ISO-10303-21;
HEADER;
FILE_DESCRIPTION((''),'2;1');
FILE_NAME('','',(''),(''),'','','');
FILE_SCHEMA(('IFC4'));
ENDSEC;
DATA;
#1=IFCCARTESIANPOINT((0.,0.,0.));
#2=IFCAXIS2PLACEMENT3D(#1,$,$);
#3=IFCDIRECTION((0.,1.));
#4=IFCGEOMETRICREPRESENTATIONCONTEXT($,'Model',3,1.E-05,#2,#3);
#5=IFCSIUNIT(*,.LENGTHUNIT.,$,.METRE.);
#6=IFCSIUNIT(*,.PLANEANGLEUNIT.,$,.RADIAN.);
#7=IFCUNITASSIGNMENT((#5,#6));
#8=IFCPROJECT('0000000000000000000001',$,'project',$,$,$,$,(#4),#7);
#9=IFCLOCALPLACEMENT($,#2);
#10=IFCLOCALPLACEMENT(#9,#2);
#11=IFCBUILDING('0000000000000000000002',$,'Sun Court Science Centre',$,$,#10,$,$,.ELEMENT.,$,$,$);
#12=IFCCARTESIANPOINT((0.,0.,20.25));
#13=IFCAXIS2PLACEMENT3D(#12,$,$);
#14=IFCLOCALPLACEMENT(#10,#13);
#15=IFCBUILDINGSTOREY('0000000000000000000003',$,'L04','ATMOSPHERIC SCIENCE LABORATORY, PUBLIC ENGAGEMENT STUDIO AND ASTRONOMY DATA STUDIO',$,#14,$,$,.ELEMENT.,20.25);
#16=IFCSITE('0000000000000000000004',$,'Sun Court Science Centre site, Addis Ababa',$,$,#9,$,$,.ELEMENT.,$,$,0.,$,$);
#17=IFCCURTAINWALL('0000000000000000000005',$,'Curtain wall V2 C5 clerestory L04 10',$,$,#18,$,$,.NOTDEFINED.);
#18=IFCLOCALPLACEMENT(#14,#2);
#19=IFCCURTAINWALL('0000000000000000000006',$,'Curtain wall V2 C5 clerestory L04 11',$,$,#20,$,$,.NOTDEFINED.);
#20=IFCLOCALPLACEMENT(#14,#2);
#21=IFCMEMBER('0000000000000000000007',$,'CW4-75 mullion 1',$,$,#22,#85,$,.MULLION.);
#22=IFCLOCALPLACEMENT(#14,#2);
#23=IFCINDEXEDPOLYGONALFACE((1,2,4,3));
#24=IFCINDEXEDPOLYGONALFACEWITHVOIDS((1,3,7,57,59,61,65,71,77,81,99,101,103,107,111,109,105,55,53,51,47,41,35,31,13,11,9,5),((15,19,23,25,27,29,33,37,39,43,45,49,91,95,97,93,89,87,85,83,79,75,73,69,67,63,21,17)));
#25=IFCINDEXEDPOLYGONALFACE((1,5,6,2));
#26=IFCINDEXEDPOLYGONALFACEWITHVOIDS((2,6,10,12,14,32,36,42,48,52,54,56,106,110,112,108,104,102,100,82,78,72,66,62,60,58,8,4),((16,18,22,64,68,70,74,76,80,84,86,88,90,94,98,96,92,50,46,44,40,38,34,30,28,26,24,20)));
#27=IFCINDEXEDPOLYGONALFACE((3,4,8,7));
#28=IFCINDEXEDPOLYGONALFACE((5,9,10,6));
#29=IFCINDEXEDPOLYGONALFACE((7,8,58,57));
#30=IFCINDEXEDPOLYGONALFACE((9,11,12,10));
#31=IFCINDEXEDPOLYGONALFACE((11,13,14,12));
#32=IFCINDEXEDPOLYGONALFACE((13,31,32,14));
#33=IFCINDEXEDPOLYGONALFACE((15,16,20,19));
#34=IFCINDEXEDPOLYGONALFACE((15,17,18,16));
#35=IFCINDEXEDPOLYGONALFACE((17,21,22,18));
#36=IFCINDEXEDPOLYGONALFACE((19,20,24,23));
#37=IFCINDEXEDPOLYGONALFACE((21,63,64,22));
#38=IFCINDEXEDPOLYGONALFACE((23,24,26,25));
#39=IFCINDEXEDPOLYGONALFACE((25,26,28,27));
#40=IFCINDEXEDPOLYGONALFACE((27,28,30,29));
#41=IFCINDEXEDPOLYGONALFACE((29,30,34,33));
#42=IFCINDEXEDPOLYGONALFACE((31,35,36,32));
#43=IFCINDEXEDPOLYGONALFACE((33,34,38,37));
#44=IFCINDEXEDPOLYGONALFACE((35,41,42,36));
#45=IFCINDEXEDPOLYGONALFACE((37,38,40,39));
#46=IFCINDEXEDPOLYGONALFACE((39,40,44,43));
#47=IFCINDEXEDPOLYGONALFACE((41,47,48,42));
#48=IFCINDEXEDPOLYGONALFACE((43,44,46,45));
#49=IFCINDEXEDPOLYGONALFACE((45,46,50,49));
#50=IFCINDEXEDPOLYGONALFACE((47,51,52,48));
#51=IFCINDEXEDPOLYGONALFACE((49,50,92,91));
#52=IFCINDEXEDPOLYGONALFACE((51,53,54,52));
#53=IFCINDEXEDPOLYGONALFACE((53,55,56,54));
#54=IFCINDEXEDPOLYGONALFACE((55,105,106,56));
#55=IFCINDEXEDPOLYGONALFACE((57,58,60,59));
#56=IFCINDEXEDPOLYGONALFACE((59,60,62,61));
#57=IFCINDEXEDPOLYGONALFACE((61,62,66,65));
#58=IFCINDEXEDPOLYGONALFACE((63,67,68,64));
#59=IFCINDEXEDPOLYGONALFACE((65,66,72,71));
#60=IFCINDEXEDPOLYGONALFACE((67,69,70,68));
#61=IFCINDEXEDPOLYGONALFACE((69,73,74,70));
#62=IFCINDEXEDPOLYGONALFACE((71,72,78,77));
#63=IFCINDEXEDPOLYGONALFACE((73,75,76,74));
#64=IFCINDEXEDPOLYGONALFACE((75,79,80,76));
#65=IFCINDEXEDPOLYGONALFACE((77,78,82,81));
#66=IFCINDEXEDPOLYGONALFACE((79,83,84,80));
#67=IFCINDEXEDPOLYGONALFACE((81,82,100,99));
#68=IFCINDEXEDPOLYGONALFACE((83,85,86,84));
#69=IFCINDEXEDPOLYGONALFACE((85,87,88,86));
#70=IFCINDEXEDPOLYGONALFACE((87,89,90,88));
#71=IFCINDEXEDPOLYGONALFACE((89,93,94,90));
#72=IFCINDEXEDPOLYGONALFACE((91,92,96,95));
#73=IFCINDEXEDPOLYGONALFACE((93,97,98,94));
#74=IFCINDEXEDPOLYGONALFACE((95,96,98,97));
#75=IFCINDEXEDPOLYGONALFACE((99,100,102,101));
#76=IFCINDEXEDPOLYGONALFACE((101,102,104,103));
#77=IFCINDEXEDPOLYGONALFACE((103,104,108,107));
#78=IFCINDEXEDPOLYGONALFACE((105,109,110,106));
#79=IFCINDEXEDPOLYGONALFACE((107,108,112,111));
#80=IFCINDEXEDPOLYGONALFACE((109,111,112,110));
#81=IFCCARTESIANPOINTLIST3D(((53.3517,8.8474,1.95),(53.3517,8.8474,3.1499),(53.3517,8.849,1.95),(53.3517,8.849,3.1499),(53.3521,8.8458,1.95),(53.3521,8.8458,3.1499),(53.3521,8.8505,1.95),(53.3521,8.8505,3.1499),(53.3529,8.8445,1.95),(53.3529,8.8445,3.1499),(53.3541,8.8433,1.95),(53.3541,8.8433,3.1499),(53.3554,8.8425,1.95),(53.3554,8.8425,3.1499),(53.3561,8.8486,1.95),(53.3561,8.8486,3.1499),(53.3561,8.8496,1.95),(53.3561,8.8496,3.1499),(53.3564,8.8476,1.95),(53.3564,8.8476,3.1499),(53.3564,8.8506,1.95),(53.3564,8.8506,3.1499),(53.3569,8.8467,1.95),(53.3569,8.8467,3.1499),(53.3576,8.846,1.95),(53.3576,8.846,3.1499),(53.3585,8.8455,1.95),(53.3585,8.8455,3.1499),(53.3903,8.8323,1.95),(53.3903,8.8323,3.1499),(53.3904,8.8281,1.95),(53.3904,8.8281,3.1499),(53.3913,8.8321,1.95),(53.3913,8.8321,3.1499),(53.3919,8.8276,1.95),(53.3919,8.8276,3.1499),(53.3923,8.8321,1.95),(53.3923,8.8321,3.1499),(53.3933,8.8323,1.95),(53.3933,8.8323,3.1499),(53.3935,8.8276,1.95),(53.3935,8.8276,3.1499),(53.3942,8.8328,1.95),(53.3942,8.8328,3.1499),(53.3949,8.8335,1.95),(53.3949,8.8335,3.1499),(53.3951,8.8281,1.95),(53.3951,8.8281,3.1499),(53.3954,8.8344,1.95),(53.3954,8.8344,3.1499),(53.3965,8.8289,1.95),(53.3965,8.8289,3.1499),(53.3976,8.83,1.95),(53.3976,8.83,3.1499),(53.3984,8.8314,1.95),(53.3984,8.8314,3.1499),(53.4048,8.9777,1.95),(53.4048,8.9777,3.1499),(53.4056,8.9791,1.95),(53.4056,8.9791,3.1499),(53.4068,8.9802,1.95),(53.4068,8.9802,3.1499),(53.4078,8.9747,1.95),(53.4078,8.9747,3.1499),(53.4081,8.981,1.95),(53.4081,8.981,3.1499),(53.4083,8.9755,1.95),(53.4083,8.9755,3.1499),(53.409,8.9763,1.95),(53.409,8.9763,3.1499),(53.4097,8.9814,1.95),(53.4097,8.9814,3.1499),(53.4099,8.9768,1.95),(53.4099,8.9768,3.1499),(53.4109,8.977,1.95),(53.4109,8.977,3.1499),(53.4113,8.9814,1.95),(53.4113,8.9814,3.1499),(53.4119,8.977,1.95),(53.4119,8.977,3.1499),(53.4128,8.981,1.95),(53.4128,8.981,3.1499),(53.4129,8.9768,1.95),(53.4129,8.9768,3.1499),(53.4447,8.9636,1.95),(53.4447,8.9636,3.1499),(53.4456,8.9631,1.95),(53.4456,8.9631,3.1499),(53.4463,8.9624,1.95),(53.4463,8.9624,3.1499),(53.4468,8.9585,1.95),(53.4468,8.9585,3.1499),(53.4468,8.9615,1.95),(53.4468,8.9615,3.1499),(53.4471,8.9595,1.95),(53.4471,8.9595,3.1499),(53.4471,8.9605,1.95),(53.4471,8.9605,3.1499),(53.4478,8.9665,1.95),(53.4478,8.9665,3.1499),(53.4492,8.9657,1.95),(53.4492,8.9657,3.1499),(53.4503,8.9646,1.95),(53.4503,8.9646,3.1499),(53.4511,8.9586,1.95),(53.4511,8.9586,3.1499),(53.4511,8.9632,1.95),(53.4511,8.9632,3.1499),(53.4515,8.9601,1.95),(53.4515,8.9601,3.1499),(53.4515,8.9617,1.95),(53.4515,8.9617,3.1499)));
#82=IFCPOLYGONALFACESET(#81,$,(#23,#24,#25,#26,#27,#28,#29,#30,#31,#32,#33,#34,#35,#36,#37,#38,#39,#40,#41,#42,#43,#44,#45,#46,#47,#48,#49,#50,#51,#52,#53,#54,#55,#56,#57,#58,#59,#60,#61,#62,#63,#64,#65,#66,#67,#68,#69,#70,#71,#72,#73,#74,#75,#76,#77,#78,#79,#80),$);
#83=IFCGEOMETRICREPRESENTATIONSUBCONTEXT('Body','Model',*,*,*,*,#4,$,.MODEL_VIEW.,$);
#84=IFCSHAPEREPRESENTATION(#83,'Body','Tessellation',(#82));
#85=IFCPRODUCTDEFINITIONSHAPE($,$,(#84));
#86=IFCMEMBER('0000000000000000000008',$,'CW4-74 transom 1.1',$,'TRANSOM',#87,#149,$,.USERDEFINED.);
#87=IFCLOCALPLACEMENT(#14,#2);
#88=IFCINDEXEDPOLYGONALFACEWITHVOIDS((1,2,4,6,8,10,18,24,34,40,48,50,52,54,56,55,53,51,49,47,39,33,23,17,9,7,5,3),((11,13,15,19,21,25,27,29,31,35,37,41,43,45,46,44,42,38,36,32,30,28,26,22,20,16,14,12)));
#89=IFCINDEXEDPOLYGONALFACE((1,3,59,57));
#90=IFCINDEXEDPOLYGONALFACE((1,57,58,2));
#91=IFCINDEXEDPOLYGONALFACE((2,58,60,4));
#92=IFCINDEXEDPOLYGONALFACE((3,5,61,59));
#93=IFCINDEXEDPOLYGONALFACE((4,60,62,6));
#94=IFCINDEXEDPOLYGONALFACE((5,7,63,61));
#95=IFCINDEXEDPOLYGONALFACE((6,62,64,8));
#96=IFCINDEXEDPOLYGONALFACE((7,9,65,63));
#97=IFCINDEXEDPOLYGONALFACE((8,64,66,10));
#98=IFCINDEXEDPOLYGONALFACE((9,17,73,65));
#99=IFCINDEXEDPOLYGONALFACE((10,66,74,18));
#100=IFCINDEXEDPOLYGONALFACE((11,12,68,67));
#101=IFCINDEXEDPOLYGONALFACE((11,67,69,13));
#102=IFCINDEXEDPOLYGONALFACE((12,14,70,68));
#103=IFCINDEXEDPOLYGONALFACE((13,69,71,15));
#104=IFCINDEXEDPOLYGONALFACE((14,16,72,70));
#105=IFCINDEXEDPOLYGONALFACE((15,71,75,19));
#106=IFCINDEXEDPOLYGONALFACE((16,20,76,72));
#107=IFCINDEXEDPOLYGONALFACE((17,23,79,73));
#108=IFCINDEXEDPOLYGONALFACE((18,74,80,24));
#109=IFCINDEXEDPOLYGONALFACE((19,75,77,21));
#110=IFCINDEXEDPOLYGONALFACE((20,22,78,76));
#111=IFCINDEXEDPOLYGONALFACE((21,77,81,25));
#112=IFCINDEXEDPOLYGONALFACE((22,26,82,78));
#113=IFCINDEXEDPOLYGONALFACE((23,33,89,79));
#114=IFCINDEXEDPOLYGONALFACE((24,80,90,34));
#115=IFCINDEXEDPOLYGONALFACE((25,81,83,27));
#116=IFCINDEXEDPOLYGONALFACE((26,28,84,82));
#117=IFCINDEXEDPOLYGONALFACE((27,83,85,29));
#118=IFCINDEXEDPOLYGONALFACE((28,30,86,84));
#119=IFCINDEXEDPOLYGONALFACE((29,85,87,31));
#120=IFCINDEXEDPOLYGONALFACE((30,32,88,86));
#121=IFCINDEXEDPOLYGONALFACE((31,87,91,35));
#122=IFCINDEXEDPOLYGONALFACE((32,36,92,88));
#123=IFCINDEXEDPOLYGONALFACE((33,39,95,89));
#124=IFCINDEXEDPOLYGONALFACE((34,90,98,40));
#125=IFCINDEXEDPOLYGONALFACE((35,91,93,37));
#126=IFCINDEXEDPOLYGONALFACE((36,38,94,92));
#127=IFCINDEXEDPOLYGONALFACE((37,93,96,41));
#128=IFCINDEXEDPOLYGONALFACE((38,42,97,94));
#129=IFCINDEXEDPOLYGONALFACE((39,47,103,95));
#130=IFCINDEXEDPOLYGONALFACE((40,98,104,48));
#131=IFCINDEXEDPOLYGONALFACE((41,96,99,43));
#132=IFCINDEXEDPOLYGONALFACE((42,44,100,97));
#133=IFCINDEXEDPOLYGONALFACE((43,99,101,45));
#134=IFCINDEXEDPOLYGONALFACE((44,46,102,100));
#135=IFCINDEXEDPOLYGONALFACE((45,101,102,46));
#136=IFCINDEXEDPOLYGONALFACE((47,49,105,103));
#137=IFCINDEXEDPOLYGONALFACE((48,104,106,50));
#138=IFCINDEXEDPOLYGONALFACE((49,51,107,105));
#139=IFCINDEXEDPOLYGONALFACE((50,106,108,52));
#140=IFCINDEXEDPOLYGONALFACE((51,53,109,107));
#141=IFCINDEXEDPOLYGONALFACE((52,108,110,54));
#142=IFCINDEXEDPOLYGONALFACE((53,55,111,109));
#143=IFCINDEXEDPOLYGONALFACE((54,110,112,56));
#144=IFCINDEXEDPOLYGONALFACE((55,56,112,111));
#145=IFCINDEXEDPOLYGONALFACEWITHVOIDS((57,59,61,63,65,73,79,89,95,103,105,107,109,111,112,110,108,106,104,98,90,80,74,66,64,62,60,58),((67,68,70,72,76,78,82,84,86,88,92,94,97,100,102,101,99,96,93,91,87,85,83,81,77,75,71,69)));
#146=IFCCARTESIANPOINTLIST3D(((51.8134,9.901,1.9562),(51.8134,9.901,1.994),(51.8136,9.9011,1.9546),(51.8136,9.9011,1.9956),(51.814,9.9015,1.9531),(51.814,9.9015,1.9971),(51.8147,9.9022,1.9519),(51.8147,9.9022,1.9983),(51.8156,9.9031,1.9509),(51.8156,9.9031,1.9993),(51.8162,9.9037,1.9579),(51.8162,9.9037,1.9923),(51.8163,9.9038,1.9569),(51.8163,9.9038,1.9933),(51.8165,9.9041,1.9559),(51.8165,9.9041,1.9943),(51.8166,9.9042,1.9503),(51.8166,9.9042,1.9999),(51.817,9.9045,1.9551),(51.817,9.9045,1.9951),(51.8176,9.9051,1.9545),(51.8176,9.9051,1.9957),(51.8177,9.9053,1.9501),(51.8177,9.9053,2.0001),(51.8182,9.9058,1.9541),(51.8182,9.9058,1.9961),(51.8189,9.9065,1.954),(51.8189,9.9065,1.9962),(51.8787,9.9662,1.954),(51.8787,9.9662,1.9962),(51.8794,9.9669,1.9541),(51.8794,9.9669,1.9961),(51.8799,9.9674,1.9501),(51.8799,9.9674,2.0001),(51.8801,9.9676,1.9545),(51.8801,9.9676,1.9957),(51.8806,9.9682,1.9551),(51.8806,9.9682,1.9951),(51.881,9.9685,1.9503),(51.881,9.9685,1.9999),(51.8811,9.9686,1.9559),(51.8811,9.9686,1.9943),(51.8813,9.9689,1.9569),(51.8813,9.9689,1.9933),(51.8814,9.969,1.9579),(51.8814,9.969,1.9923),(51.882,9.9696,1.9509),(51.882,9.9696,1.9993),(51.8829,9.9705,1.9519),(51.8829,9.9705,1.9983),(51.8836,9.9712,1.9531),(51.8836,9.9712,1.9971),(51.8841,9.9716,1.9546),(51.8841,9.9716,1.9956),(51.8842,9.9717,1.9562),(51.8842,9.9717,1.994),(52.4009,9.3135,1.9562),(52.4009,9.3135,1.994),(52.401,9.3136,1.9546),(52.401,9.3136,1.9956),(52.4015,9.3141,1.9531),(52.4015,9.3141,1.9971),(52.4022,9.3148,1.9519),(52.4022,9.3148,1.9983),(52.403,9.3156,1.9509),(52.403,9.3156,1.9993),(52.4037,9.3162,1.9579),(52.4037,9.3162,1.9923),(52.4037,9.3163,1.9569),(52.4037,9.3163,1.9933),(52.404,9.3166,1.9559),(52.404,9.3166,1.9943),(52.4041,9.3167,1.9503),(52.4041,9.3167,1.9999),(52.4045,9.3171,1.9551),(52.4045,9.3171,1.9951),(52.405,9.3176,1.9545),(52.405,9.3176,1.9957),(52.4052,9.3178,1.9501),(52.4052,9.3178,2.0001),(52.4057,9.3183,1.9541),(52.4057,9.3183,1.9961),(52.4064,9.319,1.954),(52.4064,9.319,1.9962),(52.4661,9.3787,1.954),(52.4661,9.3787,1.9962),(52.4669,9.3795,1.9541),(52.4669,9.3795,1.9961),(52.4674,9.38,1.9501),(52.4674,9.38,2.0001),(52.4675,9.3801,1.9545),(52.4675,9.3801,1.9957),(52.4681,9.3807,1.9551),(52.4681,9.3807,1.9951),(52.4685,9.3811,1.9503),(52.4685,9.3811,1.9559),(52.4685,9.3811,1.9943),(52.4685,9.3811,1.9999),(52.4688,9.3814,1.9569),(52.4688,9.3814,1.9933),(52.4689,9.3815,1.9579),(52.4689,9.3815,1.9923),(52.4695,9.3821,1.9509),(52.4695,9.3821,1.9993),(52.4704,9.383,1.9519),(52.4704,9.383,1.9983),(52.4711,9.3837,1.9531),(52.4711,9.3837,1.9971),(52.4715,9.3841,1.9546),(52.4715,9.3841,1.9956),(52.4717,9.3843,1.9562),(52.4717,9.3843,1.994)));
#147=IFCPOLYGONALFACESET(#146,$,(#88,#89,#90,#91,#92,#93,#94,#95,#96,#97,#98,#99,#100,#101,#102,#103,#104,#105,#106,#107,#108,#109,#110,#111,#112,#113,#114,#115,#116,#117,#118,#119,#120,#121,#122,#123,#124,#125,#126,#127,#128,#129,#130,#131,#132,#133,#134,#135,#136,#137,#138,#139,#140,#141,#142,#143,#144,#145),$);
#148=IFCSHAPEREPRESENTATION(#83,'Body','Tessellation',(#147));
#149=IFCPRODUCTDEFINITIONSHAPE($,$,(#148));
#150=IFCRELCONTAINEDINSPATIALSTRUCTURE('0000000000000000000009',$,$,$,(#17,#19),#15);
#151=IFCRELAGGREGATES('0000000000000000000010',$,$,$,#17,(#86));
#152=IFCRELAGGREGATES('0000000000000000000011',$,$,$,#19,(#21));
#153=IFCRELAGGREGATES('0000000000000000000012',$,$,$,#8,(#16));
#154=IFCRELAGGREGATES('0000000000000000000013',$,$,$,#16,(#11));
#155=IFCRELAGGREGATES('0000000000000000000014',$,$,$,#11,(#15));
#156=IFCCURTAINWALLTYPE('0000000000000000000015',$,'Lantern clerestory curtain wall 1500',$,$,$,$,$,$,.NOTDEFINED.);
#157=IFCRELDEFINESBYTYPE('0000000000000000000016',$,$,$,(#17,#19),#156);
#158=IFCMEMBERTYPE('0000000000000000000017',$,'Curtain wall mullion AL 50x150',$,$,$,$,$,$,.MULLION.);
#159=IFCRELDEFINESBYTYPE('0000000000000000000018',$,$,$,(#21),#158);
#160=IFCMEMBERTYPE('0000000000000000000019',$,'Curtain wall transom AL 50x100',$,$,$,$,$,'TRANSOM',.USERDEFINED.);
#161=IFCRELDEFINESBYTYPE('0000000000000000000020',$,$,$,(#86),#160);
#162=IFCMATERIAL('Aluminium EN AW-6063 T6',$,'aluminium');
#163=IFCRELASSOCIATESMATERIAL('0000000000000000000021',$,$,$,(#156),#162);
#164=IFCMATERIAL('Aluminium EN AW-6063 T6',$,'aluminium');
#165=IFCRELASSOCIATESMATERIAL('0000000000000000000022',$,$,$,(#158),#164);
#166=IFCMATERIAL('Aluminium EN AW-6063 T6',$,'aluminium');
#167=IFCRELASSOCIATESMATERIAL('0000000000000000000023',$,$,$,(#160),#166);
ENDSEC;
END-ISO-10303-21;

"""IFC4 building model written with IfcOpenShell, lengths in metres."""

from ifc_helpers import new_model, si_unit, direction, frame, origin, origin_2d, place, context, subcontext, project, spatial, hollow_rectangle, extrude, material, material_profile, profile_set, type_object, element, aggregate, save


model = new_model("IFC4")

# Units and contexts
model_context = context("Model", 3, precision=1e-05, world=origin(), true_north=direction((0.0, 1.0)))
body_context = subcontext(model_context, "Body", "Model", "MODEL_VIEW")
ifc_project = project(units=[si_unit("LENGTHUNIT", "METRE"), si_unit("PLANEANGLEUNIT", "RADIAN")], contexts=[model_context])

# Site, building, storey
site_placement = place(None, origin())
site = spatial("IfcSite", under=ifc_project, at=site_placement, Name="Sun Court Science Centre site, Addis Ababa", CompositionType="ELEMENT", RefElevation=0.0)
building_placement = place(site_placement, origin())
building = spatial("IfcBuilding", under=site, at=building_placement, Name="Sun Court Science Centre", CompositionType="ELEMENT")
storey_placement = place(building_placement, frame((0.0, 0.0, 20.25)))
storey = spatial("IfcBuildingStorey", under=building, at=storey_placement, Name="L04", Description="ATMOSPHERIC SCIENCE LABORATORY, PUBLIC ENGAGEMENT STUDIO AND ASTRONOMY DATA STUDIO", CompositionType="ELEMENT", Elevation=20.25)

# Curtain wall
ifc_material_1 = material(Name="Aluminium EN AW-6063 T6", Category="aluminium")
curtain_wall_type = type_object("IfcCurtainWallType", Name="Lantern clerestory curtain wall 1500", PredefinedType="NOTDEFINED", material=ifc_material_1)
curtain_wall_1_placement = place(storey_placement, origin())
curtain_wall_1 = element("IfcCurtainWall", 1, at=curtain_wall_1_placement, inside=storey, type_object=curtain_wall_type, Name="Curtain wall V2 C5 clerestory L04 10", PredefinedType="NOTDEFINED")
ifc_material_2 = material(Name="Aluminium EN AW-6063 T6", Category="aluminium")
ifc_material_profile_1 = material_profile(ifc_material_2, hollow_rectangle(XDim=0.05, YDim=0.1499, WallThickness=0.0039, InnerFilletRadius=0.0039, OuterFilletRadius=0.0061, at=origin_2d()), Name="AL 50x150x4")
ifc_profile_set_1 = profile_set([ifc_material_profile_1], Name="Aluminium EN AW-6063 T6")
member_type_1 = type_object("IfcMemberType", Name="Curtain wall mullion AL 50x150", PredefinedType="MULLION", material=ifc_profile_set_1)

# Curtain wall, member
curtain_wall_2_placement = place(storey_placement, origin())
curtain_wall_2 = element("IfcCurtainWall", 2, at=curtain_wall_2_placement, inside=storey, type_object=curtain_wall_type, Name="Curtain wall V2 C5 clerestory L04 11", PredefinedType="NOTDEFINED")
member_1_placement = place(storey_placement, frame((53.4016, 8.9045, 1.95), z_axis=(0.0, 0.0, 1.0), x_axis=(-0.92388, 0.382683, 0.0)))
member_1 = element("IfcMember", 3, at=member_1_placement, type_object=member_type_1, Name="CW4-75 mullion 1", PredefinedType="MULLION", context=body_context, shape_type="SweptSolid", body=[
    extrude(hollow_rectangle(XDim=0.05, YDim=0.1499, WallThickness=0.0039, InnerFilletRadius=0.0039, OuterFilletRadius=0.0061, at=origin_2d()), origin(), (0.0, 0.0, 1.0), 1.2),
])

# Member
ifc_material_3 = material(Name="Aluminium EN AW-6063 T6", Category="aluminium")
ifc_material_profile_2 = material_profile(ifc_material_3, hollow_rectangle(XDim=0.05, YDim=0.1001, WallThickness=0.0039, InnerFilletRadius=0.0039, OuterFilletRadius=0.0061, at=origin_2d()), Name="AL 50x100x4")
ifc_profile_set_2 = profile_set([ifc_material_profile_2], Name="Aluminium EN AW-6063 T6")
member_type_2 = type_object("IfcMemberType", Name="Curtain wall transom AL 50x100", ElementType="TRANSOM", PredefinedType="USERDEFINED", material=ifc_profile_set_2)
member_2_placement = place(storey_placement, frame((52.4363, 9.3489, 1.9751), z_axis=(-0.707107, 0.707107, 0.0), x_axis=(0.0, 0.0, 1.0)))
member_2 = element("IfcMember", 4, at=member_2_placement, type_object=member_type_2, Name="CW4-74 transom 1.1", ObjectType="TRANSOM", PredefinedType="USERDEFINED", context=body_context, shape_type="SweptSolid", body=[
    extrude(hollow_rectangle(XDim=0.05, YDim=0.1001, WallThickness=0.0039, InnerFilletRadius=0.0039, OuterFilletRadius=0.0061, at=origin_2d()), origin(), (0.0, 0.0, 1.0), 0.8308),
])

aggregate(curtain_wall_1, [member_2])
aggregate(curtain_wall_2, [member_1])

save(model, "model.ifc")
